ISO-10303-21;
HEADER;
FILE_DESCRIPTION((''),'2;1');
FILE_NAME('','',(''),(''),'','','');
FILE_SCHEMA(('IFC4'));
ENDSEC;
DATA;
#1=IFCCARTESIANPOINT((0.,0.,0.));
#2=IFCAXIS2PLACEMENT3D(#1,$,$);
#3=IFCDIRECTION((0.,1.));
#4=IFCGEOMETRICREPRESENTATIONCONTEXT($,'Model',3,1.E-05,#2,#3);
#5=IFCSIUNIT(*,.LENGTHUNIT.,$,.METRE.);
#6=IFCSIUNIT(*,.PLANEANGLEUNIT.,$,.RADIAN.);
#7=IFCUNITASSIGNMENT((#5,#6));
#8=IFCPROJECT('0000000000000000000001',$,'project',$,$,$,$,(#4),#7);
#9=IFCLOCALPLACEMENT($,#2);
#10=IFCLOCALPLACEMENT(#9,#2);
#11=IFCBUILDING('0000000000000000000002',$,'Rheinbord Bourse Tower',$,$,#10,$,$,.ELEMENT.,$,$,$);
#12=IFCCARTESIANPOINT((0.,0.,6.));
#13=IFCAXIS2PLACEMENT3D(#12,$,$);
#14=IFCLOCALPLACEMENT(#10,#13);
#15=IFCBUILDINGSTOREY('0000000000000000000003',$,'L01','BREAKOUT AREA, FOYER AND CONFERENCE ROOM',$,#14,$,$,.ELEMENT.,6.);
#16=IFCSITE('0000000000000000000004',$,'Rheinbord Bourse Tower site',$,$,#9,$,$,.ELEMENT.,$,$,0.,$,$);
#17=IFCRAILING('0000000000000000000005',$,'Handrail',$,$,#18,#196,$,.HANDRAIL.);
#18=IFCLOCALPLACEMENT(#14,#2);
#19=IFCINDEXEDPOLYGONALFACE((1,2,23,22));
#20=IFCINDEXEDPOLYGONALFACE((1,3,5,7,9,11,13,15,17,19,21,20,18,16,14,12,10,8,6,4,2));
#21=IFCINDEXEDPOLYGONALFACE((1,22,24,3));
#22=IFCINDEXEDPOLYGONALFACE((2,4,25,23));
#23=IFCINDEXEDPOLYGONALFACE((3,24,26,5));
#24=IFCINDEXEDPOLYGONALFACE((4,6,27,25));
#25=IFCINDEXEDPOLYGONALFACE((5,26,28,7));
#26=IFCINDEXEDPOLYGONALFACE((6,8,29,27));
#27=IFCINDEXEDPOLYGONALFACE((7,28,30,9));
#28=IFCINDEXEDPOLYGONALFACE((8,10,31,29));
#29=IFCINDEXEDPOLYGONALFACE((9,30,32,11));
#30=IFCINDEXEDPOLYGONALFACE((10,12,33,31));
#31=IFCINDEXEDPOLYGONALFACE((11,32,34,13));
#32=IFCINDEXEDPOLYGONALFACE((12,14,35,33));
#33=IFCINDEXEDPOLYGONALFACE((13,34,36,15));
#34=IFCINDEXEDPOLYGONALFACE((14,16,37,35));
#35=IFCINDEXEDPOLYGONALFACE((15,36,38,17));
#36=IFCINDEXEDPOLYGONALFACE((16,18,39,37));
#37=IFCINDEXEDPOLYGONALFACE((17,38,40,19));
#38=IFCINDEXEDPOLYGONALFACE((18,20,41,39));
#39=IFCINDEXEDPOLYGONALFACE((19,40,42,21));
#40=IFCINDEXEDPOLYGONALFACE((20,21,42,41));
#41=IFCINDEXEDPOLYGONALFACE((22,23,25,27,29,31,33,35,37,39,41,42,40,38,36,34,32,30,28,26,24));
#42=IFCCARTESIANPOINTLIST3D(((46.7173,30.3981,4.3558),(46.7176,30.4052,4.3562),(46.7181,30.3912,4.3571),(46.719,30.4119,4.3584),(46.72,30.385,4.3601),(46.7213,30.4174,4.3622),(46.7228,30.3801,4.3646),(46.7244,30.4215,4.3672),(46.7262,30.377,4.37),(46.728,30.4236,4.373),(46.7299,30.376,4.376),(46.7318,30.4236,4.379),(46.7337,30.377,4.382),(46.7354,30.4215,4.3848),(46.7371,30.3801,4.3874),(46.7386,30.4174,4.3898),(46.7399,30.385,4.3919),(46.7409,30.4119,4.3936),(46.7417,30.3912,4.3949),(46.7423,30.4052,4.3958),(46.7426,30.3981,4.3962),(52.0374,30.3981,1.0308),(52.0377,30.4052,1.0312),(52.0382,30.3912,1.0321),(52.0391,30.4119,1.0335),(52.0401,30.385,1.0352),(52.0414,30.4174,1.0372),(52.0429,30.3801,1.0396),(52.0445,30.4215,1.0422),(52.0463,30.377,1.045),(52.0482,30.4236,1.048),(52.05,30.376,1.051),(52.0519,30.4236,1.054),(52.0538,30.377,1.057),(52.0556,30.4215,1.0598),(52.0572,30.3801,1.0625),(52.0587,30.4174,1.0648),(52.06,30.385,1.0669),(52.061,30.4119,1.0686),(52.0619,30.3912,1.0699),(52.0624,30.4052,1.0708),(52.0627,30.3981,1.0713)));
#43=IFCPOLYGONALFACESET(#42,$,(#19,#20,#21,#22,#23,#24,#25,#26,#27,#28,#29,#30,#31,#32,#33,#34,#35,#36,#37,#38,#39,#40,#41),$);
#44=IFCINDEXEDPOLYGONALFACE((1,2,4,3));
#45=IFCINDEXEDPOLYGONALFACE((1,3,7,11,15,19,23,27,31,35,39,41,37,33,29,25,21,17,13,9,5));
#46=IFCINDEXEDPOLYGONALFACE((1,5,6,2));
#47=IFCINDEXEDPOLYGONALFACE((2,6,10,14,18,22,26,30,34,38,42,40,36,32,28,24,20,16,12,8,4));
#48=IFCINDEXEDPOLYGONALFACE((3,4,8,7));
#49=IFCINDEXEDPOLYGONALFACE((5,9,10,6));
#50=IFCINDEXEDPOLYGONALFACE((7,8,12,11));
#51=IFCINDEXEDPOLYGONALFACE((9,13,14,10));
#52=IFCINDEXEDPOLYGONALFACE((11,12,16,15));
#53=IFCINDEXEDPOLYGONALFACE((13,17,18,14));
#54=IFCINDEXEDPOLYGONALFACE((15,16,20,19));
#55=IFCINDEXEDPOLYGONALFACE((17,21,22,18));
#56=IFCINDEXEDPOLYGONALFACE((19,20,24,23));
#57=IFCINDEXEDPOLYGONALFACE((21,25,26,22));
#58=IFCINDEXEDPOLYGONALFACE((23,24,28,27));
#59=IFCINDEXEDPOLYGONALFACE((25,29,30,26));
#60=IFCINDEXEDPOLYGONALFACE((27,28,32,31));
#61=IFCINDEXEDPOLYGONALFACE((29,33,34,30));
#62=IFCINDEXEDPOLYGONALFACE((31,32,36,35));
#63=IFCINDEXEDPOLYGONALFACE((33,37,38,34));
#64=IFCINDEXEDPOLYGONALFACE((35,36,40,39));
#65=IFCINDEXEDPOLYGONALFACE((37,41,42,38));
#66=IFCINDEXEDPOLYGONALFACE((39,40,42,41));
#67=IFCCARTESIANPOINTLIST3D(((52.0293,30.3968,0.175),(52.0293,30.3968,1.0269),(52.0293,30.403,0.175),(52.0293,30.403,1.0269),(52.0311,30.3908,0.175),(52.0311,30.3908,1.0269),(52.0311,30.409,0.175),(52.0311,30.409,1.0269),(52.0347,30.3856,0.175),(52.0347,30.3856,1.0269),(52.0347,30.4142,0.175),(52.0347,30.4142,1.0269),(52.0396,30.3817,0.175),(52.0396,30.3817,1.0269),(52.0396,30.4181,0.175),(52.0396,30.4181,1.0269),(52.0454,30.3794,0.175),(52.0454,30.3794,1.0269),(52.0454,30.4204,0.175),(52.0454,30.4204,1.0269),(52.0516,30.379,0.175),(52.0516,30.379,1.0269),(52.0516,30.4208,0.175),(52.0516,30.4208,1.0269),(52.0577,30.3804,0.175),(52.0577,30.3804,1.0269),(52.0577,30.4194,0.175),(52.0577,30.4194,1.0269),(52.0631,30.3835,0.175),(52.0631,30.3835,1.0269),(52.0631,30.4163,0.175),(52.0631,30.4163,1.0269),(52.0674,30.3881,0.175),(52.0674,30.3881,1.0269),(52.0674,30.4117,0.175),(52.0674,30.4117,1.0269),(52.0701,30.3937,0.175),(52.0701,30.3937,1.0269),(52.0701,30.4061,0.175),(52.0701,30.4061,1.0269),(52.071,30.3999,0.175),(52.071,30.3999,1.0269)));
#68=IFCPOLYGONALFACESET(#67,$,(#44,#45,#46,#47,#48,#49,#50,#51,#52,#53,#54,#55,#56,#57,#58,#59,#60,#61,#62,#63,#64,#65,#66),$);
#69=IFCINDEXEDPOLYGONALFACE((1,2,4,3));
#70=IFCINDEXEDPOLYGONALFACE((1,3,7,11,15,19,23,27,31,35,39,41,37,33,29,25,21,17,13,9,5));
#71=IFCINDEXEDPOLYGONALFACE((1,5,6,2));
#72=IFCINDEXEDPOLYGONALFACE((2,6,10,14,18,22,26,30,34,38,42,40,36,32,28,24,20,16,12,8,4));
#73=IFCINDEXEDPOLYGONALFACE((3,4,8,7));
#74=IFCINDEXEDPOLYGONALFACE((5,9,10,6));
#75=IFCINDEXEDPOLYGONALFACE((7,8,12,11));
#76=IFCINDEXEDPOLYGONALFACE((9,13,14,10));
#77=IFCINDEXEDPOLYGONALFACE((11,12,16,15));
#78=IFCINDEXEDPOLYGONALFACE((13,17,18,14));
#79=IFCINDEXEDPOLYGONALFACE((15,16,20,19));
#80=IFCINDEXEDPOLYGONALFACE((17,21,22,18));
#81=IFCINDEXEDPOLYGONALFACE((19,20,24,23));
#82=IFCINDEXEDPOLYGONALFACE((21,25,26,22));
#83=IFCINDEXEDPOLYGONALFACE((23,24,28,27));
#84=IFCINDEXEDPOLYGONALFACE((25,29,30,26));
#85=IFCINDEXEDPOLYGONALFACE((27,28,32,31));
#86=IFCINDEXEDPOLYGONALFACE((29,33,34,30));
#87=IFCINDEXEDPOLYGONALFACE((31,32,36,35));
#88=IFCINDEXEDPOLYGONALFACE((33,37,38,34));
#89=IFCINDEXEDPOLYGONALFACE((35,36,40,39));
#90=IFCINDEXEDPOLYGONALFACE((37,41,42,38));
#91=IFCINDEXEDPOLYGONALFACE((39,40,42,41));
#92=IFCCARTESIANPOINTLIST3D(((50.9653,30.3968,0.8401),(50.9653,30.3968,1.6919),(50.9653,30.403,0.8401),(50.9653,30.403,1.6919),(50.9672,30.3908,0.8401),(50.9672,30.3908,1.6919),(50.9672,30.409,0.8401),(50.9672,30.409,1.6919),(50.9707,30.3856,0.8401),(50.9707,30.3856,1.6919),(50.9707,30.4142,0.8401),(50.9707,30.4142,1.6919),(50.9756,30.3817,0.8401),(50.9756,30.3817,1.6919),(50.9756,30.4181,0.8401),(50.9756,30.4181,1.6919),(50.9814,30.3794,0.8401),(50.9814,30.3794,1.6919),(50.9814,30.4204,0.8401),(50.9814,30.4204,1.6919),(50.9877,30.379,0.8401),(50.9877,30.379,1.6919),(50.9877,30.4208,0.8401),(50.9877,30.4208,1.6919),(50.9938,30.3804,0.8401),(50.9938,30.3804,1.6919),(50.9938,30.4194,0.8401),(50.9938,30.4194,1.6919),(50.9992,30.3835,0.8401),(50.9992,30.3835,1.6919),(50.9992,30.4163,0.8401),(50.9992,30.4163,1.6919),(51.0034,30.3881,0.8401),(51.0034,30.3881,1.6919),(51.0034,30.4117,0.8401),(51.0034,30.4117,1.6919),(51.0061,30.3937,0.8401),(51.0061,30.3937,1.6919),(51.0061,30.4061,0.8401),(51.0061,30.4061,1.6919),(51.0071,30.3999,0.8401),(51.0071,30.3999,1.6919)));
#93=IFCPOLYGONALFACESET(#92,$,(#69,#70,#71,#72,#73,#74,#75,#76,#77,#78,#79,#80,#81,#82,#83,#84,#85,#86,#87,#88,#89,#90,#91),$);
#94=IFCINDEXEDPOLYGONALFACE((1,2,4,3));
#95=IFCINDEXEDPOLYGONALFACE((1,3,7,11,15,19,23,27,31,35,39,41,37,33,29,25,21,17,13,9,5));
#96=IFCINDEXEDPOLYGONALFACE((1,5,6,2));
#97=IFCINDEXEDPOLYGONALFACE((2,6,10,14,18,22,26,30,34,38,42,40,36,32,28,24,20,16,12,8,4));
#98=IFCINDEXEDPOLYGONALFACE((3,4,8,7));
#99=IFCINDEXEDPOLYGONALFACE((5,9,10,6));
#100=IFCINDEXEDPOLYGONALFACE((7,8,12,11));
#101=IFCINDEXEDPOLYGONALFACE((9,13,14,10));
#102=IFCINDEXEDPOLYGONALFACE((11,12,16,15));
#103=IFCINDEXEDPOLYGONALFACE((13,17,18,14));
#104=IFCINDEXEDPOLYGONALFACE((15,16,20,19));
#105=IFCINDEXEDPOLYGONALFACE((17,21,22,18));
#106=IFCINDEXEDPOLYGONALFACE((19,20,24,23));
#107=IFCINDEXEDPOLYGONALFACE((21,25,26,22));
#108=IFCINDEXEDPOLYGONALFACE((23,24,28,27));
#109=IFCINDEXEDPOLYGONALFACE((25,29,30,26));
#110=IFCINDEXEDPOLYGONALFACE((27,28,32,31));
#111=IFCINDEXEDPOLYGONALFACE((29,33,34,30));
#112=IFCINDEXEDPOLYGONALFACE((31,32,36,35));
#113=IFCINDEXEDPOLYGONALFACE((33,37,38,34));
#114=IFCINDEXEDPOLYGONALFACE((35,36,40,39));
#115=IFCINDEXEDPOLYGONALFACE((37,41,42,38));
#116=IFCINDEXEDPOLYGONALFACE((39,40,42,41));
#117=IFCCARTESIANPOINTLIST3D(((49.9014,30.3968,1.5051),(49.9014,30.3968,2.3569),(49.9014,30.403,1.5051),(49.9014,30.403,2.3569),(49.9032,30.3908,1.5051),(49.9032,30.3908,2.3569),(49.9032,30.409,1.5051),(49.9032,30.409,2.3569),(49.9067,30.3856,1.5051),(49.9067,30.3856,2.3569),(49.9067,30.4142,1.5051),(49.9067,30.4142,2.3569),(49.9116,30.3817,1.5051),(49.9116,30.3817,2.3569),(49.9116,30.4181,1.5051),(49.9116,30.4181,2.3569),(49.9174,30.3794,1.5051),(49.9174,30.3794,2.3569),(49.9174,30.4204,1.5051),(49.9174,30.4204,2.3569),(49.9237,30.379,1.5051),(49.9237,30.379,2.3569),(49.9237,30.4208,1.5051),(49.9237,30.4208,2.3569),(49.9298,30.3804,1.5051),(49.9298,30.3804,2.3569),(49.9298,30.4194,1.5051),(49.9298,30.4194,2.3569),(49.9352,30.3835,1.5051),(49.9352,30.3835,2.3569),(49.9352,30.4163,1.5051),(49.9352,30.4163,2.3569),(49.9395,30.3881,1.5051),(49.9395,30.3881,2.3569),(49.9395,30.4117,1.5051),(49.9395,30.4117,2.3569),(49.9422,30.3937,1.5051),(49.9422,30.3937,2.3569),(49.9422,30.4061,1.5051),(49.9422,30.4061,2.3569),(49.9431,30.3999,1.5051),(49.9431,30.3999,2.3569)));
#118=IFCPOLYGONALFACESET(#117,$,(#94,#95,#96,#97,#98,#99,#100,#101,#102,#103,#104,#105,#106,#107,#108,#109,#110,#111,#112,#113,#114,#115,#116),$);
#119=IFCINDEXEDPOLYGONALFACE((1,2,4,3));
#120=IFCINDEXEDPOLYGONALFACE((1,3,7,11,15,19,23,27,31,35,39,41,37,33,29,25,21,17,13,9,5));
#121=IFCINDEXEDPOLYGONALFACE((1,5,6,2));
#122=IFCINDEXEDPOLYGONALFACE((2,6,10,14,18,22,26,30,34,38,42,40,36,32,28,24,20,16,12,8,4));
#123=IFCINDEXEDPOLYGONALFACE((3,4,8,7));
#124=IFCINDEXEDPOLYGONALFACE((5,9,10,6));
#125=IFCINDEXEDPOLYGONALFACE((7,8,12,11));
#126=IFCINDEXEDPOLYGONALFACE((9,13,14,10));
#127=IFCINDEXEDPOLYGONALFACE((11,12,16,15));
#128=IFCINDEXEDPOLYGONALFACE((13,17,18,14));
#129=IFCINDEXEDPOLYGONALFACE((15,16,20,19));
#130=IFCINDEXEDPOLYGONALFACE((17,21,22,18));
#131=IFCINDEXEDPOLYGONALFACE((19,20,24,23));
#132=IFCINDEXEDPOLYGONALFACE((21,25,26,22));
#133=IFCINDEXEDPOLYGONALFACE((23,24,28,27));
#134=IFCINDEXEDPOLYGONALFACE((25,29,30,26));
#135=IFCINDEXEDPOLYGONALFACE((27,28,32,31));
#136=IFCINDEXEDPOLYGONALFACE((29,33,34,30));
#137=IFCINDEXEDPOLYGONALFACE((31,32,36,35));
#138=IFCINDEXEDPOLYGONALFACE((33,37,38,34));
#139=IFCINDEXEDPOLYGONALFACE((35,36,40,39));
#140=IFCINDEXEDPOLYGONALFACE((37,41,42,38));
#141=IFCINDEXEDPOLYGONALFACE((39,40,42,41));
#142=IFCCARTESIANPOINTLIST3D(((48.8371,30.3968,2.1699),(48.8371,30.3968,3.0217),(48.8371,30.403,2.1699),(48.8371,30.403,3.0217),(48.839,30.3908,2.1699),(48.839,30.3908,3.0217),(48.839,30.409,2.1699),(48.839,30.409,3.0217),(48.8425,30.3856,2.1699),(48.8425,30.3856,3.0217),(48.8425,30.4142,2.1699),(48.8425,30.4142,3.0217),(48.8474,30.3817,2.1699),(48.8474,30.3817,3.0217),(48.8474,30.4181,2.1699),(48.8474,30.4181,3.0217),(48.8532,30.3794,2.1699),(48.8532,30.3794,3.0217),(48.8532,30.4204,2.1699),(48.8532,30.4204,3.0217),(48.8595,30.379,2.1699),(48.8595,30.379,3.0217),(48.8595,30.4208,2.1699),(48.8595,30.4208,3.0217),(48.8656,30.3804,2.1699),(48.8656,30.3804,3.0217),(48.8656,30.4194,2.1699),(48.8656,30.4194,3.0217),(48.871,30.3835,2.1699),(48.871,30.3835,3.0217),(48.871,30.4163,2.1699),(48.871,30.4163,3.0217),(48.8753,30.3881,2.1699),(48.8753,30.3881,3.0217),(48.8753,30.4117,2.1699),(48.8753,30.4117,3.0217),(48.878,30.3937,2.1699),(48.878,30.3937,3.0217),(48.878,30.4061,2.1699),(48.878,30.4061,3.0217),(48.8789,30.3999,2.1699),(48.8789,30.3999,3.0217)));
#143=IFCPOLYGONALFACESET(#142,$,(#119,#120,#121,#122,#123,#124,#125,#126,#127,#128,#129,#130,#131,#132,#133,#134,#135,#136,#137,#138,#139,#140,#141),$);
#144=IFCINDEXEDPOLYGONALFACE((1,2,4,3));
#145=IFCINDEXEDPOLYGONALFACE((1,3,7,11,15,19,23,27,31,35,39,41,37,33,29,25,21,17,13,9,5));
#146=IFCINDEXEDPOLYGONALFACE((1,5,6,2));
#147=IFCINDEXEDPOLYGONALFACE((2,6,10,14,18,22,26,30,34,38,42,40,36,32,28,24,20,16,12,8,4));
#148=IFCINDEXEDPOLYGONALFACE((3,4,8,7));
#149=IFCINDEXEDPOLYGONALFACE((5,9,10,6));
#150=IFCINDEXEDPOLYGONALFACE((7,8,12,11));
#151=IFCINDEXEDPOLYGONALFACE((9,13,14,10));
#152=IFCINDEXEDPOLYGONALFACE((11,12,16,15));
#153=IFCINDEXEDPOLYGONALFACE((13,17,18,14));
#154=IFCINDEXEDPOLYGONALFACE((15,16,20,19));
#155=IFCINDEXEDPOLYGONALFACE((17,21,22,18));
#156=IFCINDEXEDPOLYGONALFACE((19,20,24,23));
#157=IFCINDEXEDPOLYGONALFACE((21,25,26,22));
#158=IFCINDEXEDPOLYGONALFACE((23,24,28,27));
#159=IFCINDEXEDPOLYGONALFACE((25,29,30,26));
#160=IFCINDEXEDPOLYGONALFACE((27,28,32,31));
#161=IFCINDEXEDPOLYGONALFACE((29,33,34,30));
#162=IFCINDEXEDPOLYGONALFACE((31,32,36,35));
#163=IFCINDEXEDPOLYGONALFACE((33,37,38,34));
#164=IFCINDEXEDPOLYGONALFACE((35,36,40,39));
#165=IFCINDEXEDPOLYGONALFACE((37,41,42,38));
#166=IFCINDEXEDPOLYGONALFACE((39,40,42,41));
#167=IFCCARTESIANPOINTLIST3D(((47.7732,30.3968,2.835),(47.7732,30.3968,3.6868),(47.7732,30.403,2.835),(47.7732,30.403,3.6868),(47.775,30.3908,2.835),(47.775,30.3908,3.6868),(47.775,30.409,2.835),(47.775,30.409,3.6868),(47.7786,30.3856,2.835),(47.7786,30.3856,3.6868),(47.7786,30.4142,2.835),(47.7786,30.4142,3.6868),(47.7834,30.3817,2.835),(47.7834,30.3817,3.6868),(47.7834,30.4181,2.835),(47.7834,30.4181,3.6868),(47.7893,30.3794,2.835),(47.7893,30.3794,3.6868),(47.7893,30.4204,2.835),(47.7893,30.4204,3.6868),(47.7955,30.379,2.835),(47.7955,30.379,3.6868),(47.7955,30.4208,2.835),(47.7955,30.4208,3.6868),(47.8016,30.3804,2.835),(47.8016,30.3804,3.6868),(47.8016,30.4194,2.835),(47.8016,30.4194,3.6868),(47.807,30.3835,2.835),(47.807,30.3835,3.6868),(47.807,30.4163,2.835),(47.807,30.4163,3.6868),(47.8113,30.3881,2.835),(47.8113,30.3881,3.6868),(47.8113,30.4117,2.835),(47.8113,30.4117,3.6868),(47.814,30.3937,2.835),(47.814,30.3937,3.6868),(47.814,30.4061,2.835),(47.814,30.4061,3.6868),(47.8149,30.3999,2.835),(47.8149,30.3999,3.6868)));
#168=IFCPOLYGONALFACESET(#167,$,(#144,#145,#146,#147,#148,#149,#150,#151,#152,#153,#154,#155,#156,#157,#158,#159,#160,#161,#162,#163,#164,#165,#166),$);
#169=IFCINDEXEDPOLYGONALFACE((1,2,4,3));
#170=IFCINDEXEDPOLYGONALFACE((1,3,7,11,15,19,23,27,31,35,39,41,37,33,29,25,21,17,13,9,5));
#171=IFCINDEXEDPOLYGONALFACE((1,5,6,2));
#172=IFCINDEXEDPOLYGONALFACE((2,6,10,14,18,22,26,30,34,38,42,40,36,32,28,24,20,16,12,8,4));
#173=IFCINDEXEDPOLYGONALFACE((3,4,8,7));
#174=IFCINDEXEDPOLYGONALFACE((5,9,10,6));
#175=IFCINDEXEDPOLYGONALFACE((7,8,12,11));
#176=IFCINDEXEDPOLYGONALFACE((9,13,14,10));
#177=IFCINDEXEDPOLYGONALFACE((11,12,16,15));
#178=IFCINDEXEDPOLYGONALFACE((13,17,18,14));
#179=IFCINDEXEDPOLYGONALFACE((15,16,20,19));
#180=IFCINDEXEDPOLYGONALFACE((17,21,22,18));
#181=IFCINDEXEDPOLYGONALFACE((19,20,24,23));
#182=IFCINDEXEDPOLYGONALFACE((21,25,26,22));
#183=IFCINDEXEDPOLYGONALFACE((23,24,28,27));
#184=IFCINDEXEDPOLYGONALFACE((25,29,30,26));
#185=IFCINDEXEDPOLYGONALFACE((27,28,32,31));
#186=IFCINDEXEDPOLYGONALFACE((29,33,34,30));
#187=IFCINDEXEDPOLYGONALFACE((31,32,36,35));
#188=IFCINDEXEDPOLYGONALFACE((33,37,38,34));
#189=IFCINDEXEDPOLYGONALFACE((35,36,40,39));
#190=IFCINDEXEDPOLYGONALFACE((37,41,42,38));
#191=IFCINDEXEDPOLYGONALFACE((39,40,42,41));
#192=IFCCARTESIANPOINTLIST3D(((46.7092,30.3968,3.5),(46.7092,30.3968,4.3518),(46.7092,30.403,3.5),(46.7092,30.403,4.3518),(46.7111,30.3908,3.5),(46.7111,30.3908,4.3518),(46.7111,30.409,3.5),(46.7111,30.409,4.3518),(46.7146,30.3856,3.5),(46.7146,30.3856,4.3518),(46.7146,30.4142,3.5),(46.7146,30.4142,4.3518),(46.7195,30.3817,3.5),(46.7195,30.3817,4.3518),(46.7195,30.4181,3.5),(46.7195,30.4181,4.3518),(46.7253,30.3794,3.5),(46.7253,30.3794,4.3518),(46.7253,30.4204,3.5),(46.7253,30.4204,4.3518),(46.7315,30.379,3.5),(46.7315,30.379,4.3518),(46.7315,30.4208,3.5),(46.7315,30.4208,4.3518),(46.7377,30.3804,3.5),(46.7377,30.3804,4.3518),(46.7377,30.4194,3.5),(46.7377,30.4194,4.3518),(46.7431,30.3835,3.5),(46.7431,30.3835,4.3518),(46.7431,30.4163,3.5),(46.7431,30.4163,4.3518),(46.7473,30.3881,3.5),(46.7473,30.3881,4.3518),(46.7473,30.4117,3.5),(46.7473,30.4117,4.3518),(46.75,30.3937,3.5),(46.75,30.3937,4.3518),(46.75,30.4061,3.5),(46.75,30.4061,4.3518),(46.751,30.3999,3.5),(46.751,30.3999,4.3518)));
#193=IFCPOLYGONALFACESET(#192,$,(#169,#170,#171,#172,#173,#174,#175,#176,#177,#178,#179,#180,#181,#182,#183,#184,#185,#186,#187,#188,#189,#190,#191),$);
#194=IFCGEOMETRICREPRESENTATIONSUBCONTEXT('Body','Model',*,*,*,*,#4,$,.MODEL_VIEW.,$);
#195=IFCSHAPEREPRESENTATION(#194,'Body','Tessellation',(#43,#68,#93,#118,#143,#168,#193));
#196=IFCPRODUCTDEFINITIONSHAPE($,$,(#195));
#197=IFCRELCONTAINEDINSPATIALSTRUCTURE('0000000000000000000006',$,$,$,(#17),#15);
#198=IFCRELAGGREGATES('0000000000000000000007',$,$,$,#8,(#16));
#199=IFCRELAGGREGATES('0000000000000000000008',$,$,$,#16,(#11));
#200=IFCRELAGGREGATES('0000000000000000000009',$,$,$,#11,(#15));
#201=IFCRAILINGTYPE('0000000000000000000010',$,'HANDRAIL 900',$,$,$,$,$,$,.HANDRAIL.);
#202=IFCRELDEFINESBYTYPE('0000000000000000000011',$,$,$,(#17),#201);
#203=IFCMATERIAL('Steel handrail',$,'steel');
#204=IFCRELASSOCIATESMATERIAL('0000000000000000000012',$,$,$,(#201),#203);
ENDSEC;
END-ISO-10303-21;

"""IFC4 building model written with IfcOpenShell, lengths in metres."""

from ifc_helpers import new_model, si_unit, direction, frame, origin, origin_2d, place, context, subcontext, project, spatial, circle, extrude, material, type_object, element, save


model = new_model("IFC4")

# Units and contexts
model_context = context("Model", 3, precision=1e-05, world=origin(), true_north=direction((0.0, 1.0)))
body_context = subcontext(model_context, "Body", "Model", "MODEL_VIEW")
ifc_project = project(units=[si_unit("LENGTHUNIT", "METRE"), si_unit("PLANEANGLEUNIT", "RADIAN")], contexts=[model_context])

# Site, building, storey
site_placement = place(None, origin())
site = spatial("IfcSite", under=ifc_project, at=site_placement, Name="Rheinbord Bourse Tower site", CompositionType="ELEMENT", RefElevation=0.0)
building_placement = place(site_placement, origin())
building = spatial("IfcBuilding", under=site, at=building_placement, Name="Rheinbord Bourse Tower", CompositionType="ELEMENT")
storey_placement = place(building_placement, frame((0.0, 0.0, 6.0)))
storey = spatial("IfcBuildingStorey", under=building, at=storey_placement, Name="L01", Description="BREAKOUT AREA, FOYER AND CONFERENCE ROOM", CompositionType="ELEMENT", Elevation=6.0)

# Railing
ifc_material_1 = material(Name="Steel handrail", Category="steel")
railing_type = type_object("IfcRailingType", Name="HANDRAIL 900", PredefinedType="HANDRAIL", material=ifc_material_1)
railing_1_placement = place(storey_placement, frame((52.05, 30.3999, 0.175)))
element("IfcRailing", 1, at=railing_1_placement, inside=storey, type_object=railing_type, Name="Handrail", PredefinedType="HANDRAIL", context=body_context, shape_type="SweptSolid", body=[
    extrude(circle(Radius=0.0239, at=origin_2d()), frame((0.0, 0.0, 0.876), z_axis=(-0.848005, 0.0, 0.529988), x_axis=(0.0, -1.0, 0.0)), (0.0, 0.0, 1.0), 6.2737),
    extrude(circle(Radius=0.021, at=origin_2d()), origin(), (0.0, 0.0, 1.0), 0.8518),
    extrude(circle(Radius=0.021, at=origin_2d()), frame((-1.064, 0.0, 0.665)), (0.0, 0.0, 1.0), 0.8518),
    extrude(circle(Radius=0.021, at=origin_2d()), frame((-2.1279, 0.0, 1.3301)), (0.0, 0.0, 1.0), 0.8518),
    extrude(circle(Radius=0.021, at=origin_2d()), frame((-3.1921, 0.0, 1.9949)), (0.0, 0.0, 1.0), 0.8518),
    extrude(circle(Radius=0.021, at=origin_2d()), frame((-4.2561, 0.0, 2.6599)), (0.0, 0.0, 1.0), 0.8518),
    extrude(circle(Radius=0.021, at=origin_2d()), frame((-5.3201, 0.0, 3.325)), (0.0, 0.0, 1.0), 0.8518),
])

save(model, "model.ifc")
